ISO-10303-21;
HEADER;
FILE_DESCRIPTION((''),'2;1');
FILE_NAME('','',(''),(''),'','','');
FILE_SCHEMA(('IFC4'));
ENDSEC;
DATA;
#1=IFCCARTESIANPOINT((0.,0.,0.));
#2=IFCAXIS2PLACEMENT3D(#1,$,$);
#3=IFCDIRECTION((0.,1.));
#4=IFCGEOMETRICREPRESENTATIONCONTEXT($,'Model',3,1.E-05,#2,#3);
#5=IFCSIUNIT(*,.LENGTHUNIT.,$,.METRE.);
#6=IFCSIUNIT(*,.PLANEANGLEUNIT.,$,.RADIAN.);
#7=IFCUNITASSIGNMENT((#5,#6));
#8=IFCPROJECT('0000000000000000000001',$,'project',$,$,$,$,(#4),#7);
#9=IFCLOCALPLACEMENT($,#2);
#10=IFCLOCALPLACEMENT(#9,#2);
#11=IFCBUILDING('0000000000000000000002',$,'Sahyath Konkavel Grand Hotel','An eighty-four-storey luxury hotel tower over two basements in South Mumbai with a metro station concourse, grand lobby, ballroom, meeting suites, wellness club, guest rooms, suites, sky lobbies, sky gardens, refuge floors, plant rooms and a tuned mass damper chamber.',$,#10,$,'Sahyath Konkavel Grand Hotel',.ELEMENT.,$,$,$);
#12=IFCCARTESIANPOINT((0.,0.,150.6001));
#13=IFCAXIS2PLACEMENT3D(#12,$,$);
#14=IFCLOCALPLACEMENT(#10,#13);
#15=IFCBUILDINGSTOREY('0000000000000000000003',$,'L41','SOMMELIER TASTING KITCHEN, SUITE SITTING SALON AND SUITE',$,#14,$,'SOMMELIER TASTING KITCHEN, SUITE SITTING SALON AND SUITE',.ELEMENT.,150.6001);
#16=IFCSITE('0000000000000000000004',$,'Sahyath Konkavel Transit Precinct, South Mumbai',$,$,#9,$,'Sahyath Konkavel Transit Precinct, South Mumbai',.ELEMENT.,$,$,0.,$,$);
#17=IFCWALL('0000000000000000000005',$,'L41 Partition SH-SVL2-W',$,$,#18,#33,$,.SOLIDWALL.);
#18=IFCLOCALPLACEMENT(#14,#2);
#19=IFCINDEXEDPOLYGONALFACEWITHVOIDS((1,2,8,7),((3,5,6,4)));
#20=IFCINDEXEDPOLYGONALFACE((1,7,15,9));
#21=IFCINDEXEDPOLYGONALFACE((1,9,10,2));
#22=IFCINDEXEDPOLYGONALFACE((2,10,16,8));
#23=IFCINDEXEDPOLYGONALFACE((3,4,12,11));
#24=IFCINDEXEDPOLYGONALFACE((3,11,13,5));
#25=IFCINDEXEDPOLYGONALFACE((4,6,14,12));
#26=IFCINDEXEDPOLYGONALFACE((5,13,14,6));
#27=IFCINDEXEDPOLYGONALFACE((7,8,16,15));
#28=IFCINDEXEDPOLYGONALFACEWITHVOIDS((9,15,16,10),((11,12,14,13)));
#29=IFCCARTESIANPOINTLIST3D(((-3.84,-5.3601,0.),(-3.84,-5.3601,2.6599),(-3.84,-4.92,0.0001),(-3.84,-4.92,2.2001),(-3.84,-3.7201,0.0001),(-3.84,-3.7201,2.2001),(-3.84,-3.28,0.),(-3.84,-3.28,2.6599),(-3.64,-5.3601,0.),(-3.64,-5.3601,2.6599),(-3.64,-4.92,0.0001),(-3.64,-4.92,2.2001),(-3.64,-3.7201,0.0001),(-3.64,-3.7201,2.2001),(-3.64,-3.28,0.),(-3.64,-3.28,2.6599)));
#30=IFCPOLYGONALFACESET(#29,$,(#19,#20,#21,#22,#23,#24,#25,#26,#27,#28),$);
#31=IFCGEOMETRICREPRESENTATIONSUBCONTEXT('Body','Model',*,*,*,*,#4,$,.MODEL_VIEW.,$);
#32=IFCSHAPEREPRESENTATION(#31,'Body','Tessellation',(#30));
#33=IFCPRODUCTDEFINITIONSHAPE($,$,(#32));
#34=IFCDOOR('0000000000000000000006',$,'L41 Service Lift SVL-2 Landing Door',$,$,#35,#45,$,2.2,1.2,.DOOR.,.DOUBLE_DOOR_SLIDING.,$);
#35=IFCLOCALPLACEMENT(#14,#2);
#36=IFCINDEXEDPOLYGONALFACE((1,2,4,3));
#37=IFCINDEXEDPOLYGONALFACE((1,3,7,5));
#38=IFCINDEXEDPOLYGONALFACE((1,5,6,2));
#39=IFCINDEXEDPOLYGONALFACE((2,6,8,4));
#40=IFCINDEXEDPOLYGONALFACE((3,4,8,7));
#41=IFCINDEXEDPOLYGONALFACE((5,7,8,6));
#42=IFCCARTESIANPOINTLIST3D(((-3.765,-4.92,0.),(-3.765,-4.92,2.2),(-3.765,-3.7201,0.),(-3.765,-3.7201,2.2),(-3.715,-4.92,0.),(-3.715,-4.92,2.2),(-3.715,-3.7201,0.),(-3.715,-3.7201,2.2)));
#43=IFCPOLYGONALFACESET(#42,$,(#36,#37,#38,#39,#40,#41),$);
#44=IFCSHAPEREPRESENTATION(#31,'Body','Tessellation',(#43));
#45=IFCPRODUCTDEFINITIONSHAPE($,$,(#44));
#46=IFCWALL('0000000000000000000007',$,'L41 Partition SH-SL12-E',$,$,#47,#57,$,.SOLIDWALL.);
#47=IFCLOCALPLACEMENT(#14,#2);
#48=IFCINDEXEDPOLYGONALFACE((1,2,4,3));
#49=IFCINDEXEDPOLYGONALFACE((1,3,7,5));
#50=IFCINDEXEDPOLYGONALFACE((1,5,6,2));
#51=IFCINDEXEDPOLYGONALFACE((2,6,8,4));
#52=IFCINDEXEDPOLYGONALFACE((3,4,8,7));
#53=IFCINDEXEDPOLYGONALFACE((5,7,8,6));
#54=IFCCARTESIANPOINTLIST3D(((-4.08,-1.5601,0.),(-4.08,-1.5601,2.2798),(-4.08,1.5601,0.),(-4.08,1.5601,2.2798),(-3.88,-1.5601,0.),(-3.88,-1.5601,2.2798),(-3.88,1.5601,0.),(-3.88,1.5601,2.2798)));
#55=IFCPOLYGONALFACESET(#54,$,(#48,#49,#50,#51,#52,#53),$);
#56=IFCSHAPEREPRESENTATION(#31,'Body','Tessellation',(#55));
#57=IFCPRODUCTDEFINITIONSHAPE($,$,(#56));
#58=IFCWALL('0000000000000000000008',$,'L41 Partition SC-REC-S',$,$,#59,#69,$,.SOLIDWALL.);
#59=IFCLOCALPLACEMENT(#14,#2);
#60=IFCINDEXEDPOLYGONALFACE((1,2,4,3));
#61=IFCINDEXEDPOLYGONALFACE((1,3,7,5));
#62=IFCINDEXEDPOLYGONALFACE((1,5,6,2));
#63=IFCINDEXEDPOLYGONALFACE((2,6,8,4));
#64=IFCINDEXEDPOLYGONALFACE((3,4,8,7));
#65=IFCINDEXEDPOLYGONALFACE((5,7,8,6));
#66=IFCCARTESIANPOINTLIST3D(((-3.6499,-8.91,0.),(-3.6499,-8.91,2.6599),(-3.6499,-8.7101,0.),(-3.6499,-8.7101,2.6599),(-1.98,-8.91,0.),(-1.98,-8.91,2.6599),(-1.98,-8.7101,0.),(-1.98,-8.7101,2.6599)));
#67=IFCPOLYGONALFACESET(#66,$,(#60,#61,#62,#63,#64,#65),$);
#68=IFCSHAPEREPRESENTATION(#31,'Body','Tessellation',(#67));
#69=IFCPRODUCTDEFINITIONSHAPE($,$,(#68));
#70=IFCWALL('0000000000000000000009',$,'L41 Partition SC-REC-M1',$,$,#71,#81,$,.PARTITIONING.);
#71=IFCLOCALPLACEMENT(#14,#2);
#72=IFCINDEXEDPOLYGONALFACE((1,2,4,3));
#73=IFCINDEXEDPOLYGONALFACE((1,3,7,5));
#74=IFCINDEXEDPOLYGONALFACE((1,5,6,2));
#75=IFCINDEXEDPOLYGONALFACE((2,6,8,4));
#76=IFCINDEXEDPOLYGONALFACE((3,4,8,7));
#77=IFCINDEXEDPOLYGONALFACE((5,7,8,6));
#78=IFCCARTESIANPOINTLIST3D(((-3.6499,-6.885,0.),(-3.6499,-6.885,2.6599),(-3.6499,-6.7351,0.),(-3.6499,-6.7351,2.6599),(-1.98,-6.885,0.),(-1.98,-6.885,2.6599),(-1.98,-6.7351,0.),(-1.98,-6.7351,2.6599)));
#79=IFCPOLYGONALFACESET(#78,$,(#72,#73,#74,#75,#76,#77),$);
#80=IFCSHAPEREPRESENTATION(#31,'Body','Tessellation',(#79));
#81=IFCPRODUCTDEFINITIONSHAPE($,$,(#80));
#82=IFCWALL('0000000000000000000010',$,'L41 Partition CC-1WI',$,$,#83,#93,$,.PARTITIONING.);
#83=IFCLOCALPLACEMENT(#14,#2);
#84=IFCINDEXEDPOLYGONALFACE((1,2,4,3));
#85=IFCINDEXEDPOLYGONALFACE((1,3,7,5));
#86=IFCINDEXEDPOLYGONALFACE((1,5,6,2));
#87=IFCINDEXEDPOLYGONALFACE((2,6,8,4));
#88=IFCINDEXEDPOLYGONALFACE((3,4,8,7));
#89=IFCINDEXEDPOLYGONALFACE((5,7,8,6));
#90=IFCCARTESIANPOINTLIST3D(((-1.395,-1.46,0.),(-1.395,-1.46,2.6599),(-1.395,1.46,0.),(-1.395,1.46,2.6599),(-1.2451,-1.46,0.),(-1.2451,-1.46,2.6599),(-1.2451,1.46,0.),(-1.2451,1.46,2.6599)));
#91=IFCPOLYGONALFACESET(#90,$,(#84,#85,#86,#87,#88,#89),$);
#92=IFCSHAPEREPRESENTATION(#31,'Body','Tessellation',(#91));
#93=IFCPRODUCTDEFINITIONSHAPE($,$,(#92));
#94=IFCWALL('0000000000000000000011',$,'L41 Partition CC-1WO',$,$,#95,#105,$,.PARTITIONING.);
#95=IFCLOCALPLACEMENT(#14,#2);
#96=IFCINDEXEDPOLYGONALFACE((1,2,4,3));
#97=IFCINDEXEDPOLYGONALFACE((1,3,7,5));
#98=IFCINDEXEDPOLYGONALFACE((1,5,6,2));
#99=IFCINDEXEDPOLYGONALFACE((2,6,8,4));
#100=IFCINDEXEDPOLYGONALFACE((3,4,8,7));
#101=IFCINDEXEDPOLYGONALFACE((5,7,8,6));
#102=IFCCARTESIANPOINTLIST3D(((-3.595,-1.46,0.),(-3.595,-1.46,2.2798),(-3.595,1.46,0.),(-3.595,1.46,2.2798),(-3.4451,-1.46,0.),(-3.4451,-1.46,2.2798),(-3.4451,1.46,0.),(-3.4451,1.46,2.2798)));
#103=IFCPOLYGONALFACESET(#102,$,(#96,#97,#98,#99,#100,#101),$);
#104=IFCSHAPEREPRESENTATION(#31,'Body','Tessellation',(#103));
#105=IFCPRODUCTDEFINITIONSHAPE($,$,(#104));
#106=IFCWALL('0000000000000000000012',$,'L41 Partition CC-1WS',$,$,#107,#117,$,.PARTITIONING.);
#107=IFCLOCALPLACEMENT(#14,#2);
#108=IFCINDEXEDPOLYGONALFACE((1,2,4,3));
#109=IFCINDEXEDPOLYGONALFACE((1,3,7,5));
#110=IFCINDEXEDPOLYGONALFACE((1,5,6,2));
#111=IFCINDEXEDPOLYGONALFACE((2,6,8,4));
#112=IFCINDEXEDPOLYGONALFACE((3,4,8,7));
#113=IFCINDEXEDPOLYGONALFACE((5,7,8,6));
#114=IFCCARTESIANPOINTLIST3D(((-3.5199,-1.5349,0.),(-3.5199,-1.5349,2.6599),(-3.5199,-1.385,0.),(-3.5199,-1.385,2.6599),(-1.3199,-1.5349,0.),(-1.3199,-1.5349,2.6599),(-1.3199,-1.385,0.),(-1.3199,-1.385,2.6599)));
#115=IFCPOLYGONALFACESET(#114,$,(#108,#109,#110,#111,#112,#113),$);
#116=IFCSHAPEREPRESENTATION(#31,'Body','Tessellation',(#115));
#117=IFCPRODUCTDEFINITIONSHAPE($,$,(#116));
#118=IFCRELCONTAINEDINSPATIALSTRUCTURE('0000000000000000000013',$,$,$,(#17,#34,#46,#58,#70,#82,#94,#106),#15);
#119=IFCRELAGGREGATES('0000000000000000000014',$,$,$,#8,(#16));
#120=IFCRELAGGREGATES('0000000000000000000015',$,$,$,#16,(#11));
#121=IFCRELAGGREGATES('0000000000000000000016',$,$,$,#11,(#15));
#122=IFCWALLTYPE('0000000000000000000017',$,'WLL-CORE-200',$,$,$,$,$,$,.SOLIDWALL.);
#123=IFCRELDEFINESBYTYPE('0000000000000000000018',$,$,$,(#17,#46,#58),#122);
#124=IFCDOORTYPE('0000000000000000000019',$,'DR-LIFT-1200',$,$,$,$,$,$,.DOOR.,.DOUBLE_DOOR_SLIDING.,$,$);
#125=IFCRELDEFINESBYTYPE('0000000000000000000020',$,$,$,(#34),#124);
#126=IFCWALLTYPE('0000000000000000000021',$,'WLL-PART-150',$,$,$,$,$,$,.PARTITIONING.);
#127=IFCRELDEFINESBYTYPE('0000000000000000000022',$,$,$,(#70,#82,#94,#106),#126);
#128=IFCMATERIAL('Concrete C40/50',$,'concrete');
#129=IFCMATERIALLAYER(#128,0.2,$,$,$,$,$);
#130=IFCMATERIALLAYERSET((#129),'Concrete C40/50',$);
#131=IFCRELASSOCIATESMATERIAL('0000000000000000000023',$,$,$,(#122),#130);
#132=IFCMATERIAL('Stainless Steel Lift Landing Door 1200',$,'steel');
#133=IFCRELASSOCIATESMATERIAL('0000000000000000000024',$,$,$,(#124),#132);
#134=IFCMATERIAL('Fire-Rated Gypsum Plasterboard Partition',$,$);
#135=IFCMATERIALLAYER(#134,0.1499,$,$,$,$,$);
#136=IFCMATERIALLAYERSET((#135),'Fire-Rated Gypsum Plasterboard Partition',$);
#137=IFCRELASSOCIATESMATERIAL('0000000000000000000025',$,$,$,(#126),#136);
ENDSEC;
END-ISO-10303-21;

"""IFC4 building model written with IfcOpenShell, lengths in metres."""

from ifc_helpers import new_model, si_unit, direction, frame, frame_2d, origin, origin_2d, place, context, subcontext, project, spatial, rectangle, extrude, source, transform, mapped, material, layer, layer_set, type_object, element, fill, save


model = new_model("IFC4")

# Units and contexts
model_context = context("Model", 3, precision=1e-05, world=origin(), true_north=direction((0.0, 1.0)))
body_context = subcontext(model_context, "Body", "Model", "MODEL_VIEW")
ifc_project = project(units=[si_unit("LENGTHUNIT", "METRE"), si_unit("PLANEANGLEUNIT", "RADIAN")], contexts=[model_context])

# Site, building, storey
site_placement = place(None, origin())
site = spatial("IfcSite", under=ifc_project, at=site_placement, Name="Sahyath Konkavel Transit Precinct, South Mumbai", LongName="Sahyath Konkavel Transit Precinct, South Mumbai", CompositionType="ELEMENT", RefElevation=0.0)
building_placement = place(site_placement, origin())
building = spatial("IfcBuilding", under=site, at=building_placement, Name="Sahyath Konkavel Grand Hotel", Description="An eighty-four-storey luxury hotel tower over two basements in South Mumbai with a metro station concourse, grand lobby, ballroom, meeting suites, wellness club, guest rooms, suites, sky lobbies, sky gardens, refuge floors, plant rooms and a tuned mass damper chamber.", LongName="Sahyath Konkavel Grand Hotel", CompositionType="ELEMENT")
storey_placement = place(building_placement, frame((0.0, 0.0, 150.6001)))
storey = spatial("IfcBuildingStorey", under=building, at=storey_placement, Name="L41", Description="SOMMELIER TASTING KITCHEN, SUITE SITTING SALON AND SUITE", LongName="SOMMELIER TASTING KITCHEN, SUITE SITTING SALON AND SUITE", CompositionType="ELEMENT", Elevation=150.6001)

# Shared definitions
ifc_material_1 = material(Name="Concrete C40/50", Category="concrete")
ifc_layer_1 = layer(ifc_material_1, 0.2)
ifc_layer_set_1 = layer_set([ifc_layer_1], Name="Concrete C40/50")
wall_type_1 = type_object("IfcWallType", Name="WLL-CORE-200", PredefinedType="SOLIDWALL", material=ifc_layer_set_1)

# Wall, opening, door
wall_1_placement = place(storey_placement, frame((-3.74, -5.3601, 0.0), z_axis=(0.0, 0.0, 1.0), x_axis=(0.0, 1.0, 0.0)))
wall_1 = element("IfcWall", 1, at=wall_1_placement, inside=storey, type_object=wall_type_1, Name="L41 Partition SH-SVL2-W", PredefinedType="SOLIDWALL", context=body_context, shape_type="SweptSolid", body=[
    extrude(rectangle(XDim=2.0801, YDim=0.2, at=frame_2d((1.04, 0.0))), origin(), (0.0, 0.0, 1.0), 2.6599),
])
opening_1_placement = place(wall_1_placement, frame((0.4399, 0.0, 0.0)))
opening_1 = element("IfcOpeningElement", 2, at=opening_1_placement, cuts=wall_1, PredefinedType="OPENING", context=body_context, shape_type="SweptSolid", body=[
    extrude(rectangle(XDim=1.2, YDim=2.2, at=frame_2d((0.6001, 1.1001))), frame((0.0, 0.1099, 0.0), z_axis=(0.0, -1.0, 0.0), x_axis=(1.0, 0.0, 0.0)), (0.0, 0.0, 1.0), 0.22),
])
ifc_material_2 = material(Name="Stainless Steel Lift Landing Door 1200", Category="steel")
door_type_1 = type_object("IfcDoorType", Name="DR-LIFT-1200", OperationType="DOUBLE_DOOR_SLIDING", PredefinedType="DOOR", material=ifc_material_2)
shared_shape_1 = source(origin(), body_context, "Body", "SweptSolid", [
    extrude(rectangle(XDim=1.2, YDim=0.05, at=origin_2d()), origin(), (0.0, 0.0, 1.0), 2.2),
])
door_1_placement = place(opening_1_placement, frame((0.6001, 0.0, 0.0)))
door_1 = element("IfcDoor", 3, at=door_1_placement, inside=storey, type_object=door_type_1, Name="L41 Service Lift SVL-2 Landing Door", OperationType="DOUBLE_DOOR_SLIDING", OverallHeight=2.2, OverallWidth=1.2, PredefinedType="DOOR", context=body_context, shape_type="MappedRepresentation", body=[
    mapped(shared_shape_1, transform((0.0, 0.0, 0.0), scale=1.0)),
])
fill(opening_1, door_1)

# Wall
wall_2_placement = place(storey_placement, frame((-3.98, -1.5601, 0.0), z_axis=(0.0, 0.0, 1.0), x_axis=(0.0, 1.0, 0.0)))
element("IfcWall", 4, at=wall_2_placement, inside=storey, type_object=wall_type_1, Name="L41 Partition SH-SL12-E", PredefinedType="SOLIDWALL", context=body_context, shape_type="SweptSolid", body=[
    extrude(rectangle(XDim=3.1201, YDim=0.2, at=frame_2d((1.5601, 0.0))), origin(), (0.0, 0.0, 1.0), 2.2798),
])

# Walls
wall_3_placement = place(storey_placement, frame((-3.6499, -8.8101, 0.0), z_axis=(0.0, 0.0, 1.0), x_axis=(1.0, 0.0, 0.0)))
element("IfcWall", 5, at=wall_3_placement, inside=storey, type_object=wall_type_1, Name="L41 Partition SC-REC-S", PredefinedType="SOLIDWALL", context=body_context, shape_type="SweptSolid", body=[
    extrude(rectangle(XDim=1.6699, YDim=0.2, at=frame_2d((0.835, 0.0))), origin(), (0.0, 0.0, 1.0), 2.6599),
])
ifc_material_3 = material(Name="Fire-Rated Gypsum Plasterboard Partition")
ifc_layer_2 = layer(ifc_material_3, 0.1499)
ifc_layer_set_2 = layer_set([ifc_layer_2], Name="Fire-Rated Gypsum Plasterboard Partition")
wall_type_2 = type_object("IfcWallType", Name="WLL-PART-150", PredefinedType="PARTITIONING", material=ifc_layer_set_2)
wall_4_placement = place(storey_placement, frame((-3.6499, -6.8101, 0.0), z_axis=(0.0, 0.0, 1.0), x_axis=(1.0, 0.0, 0.0)))
element("IfcWall", 6, at=wall_4_placement, inside=storey, type_object=wall_type_2, Name="L41 Partition SC-REC-M1", PredefinedType="PARTITIONING", context=body_context, shape_type="SweptSolid", body=[
    extrude(rectangle(XDim=1.6699, YDim=0.1499, at=frame_2d((0.835, 0.0))), origin(), (0.0, 0.0, 1.0), 2.6599),
])
wall_5_placement = place(storey_placement, frame((-1.3201, -1.46, 0.0), z_axis=(0.0, 0.0, 1.0), x_axis=(0.0, 1.0, 0.0)))
element("IfcWall", 7, at=wall_5_placement, inside=storey, type_object=wall_type_2, Name="L41 Partition CC-1WI", PredefinedType="PARTITIONING", context=body_context, shape_type="SweptSolid", body=[
    extrude(rectangle(XDim=2.9199, YDim=0.1499, at=frame_2d((1.46, 0.0))), origin(), (0.0, 0.0, 1.0), 2.6599),
])
wall_6_placement = place(storey_placement, frame((-3.52, -1.46, 0.0), z_axis=(0.0, 0.0, 1.0), x_axis=(0.0, 1.0, 0.0)))
element("IfcWall", 8, at=wall_6_placement, inside=storey, type_object=wall_type_2, Name="L41 Partition CC-1WO", PredefinedType="PARTITIONING", context=body_context, shape_type="SweptSolid", body=[
    extrude(rectangle(XDim=2.9199, YDim=0.1499, at=frame_2d((1.46, 0.0))), origin(), (0.0, 0.0, 1.0), 2.2798),
])
wall_7_placement = place(storey_placement, frame((-3.52, -1.46, 0.0), z_axis=(0.0, 0.0, 1.0), x_axis=(1.0, 0.0, 0.0)))
element("IfcWall", 9, at=wall_7_placement, inside=storey, type_object=wall_type_2, Name="L41 Partition CC-1WS", PredefinedType="PARTITIONING", context=body_context, shape_type="SweptSolid", body=[
    extrude(rectangle(XDim=2.2, YDim=0.1499, at=frame_2d((1.1001, 0.0))), origin(), (0.0, 0.0, 1.0), 2.6599),
])

save(model, "model.ifc")
